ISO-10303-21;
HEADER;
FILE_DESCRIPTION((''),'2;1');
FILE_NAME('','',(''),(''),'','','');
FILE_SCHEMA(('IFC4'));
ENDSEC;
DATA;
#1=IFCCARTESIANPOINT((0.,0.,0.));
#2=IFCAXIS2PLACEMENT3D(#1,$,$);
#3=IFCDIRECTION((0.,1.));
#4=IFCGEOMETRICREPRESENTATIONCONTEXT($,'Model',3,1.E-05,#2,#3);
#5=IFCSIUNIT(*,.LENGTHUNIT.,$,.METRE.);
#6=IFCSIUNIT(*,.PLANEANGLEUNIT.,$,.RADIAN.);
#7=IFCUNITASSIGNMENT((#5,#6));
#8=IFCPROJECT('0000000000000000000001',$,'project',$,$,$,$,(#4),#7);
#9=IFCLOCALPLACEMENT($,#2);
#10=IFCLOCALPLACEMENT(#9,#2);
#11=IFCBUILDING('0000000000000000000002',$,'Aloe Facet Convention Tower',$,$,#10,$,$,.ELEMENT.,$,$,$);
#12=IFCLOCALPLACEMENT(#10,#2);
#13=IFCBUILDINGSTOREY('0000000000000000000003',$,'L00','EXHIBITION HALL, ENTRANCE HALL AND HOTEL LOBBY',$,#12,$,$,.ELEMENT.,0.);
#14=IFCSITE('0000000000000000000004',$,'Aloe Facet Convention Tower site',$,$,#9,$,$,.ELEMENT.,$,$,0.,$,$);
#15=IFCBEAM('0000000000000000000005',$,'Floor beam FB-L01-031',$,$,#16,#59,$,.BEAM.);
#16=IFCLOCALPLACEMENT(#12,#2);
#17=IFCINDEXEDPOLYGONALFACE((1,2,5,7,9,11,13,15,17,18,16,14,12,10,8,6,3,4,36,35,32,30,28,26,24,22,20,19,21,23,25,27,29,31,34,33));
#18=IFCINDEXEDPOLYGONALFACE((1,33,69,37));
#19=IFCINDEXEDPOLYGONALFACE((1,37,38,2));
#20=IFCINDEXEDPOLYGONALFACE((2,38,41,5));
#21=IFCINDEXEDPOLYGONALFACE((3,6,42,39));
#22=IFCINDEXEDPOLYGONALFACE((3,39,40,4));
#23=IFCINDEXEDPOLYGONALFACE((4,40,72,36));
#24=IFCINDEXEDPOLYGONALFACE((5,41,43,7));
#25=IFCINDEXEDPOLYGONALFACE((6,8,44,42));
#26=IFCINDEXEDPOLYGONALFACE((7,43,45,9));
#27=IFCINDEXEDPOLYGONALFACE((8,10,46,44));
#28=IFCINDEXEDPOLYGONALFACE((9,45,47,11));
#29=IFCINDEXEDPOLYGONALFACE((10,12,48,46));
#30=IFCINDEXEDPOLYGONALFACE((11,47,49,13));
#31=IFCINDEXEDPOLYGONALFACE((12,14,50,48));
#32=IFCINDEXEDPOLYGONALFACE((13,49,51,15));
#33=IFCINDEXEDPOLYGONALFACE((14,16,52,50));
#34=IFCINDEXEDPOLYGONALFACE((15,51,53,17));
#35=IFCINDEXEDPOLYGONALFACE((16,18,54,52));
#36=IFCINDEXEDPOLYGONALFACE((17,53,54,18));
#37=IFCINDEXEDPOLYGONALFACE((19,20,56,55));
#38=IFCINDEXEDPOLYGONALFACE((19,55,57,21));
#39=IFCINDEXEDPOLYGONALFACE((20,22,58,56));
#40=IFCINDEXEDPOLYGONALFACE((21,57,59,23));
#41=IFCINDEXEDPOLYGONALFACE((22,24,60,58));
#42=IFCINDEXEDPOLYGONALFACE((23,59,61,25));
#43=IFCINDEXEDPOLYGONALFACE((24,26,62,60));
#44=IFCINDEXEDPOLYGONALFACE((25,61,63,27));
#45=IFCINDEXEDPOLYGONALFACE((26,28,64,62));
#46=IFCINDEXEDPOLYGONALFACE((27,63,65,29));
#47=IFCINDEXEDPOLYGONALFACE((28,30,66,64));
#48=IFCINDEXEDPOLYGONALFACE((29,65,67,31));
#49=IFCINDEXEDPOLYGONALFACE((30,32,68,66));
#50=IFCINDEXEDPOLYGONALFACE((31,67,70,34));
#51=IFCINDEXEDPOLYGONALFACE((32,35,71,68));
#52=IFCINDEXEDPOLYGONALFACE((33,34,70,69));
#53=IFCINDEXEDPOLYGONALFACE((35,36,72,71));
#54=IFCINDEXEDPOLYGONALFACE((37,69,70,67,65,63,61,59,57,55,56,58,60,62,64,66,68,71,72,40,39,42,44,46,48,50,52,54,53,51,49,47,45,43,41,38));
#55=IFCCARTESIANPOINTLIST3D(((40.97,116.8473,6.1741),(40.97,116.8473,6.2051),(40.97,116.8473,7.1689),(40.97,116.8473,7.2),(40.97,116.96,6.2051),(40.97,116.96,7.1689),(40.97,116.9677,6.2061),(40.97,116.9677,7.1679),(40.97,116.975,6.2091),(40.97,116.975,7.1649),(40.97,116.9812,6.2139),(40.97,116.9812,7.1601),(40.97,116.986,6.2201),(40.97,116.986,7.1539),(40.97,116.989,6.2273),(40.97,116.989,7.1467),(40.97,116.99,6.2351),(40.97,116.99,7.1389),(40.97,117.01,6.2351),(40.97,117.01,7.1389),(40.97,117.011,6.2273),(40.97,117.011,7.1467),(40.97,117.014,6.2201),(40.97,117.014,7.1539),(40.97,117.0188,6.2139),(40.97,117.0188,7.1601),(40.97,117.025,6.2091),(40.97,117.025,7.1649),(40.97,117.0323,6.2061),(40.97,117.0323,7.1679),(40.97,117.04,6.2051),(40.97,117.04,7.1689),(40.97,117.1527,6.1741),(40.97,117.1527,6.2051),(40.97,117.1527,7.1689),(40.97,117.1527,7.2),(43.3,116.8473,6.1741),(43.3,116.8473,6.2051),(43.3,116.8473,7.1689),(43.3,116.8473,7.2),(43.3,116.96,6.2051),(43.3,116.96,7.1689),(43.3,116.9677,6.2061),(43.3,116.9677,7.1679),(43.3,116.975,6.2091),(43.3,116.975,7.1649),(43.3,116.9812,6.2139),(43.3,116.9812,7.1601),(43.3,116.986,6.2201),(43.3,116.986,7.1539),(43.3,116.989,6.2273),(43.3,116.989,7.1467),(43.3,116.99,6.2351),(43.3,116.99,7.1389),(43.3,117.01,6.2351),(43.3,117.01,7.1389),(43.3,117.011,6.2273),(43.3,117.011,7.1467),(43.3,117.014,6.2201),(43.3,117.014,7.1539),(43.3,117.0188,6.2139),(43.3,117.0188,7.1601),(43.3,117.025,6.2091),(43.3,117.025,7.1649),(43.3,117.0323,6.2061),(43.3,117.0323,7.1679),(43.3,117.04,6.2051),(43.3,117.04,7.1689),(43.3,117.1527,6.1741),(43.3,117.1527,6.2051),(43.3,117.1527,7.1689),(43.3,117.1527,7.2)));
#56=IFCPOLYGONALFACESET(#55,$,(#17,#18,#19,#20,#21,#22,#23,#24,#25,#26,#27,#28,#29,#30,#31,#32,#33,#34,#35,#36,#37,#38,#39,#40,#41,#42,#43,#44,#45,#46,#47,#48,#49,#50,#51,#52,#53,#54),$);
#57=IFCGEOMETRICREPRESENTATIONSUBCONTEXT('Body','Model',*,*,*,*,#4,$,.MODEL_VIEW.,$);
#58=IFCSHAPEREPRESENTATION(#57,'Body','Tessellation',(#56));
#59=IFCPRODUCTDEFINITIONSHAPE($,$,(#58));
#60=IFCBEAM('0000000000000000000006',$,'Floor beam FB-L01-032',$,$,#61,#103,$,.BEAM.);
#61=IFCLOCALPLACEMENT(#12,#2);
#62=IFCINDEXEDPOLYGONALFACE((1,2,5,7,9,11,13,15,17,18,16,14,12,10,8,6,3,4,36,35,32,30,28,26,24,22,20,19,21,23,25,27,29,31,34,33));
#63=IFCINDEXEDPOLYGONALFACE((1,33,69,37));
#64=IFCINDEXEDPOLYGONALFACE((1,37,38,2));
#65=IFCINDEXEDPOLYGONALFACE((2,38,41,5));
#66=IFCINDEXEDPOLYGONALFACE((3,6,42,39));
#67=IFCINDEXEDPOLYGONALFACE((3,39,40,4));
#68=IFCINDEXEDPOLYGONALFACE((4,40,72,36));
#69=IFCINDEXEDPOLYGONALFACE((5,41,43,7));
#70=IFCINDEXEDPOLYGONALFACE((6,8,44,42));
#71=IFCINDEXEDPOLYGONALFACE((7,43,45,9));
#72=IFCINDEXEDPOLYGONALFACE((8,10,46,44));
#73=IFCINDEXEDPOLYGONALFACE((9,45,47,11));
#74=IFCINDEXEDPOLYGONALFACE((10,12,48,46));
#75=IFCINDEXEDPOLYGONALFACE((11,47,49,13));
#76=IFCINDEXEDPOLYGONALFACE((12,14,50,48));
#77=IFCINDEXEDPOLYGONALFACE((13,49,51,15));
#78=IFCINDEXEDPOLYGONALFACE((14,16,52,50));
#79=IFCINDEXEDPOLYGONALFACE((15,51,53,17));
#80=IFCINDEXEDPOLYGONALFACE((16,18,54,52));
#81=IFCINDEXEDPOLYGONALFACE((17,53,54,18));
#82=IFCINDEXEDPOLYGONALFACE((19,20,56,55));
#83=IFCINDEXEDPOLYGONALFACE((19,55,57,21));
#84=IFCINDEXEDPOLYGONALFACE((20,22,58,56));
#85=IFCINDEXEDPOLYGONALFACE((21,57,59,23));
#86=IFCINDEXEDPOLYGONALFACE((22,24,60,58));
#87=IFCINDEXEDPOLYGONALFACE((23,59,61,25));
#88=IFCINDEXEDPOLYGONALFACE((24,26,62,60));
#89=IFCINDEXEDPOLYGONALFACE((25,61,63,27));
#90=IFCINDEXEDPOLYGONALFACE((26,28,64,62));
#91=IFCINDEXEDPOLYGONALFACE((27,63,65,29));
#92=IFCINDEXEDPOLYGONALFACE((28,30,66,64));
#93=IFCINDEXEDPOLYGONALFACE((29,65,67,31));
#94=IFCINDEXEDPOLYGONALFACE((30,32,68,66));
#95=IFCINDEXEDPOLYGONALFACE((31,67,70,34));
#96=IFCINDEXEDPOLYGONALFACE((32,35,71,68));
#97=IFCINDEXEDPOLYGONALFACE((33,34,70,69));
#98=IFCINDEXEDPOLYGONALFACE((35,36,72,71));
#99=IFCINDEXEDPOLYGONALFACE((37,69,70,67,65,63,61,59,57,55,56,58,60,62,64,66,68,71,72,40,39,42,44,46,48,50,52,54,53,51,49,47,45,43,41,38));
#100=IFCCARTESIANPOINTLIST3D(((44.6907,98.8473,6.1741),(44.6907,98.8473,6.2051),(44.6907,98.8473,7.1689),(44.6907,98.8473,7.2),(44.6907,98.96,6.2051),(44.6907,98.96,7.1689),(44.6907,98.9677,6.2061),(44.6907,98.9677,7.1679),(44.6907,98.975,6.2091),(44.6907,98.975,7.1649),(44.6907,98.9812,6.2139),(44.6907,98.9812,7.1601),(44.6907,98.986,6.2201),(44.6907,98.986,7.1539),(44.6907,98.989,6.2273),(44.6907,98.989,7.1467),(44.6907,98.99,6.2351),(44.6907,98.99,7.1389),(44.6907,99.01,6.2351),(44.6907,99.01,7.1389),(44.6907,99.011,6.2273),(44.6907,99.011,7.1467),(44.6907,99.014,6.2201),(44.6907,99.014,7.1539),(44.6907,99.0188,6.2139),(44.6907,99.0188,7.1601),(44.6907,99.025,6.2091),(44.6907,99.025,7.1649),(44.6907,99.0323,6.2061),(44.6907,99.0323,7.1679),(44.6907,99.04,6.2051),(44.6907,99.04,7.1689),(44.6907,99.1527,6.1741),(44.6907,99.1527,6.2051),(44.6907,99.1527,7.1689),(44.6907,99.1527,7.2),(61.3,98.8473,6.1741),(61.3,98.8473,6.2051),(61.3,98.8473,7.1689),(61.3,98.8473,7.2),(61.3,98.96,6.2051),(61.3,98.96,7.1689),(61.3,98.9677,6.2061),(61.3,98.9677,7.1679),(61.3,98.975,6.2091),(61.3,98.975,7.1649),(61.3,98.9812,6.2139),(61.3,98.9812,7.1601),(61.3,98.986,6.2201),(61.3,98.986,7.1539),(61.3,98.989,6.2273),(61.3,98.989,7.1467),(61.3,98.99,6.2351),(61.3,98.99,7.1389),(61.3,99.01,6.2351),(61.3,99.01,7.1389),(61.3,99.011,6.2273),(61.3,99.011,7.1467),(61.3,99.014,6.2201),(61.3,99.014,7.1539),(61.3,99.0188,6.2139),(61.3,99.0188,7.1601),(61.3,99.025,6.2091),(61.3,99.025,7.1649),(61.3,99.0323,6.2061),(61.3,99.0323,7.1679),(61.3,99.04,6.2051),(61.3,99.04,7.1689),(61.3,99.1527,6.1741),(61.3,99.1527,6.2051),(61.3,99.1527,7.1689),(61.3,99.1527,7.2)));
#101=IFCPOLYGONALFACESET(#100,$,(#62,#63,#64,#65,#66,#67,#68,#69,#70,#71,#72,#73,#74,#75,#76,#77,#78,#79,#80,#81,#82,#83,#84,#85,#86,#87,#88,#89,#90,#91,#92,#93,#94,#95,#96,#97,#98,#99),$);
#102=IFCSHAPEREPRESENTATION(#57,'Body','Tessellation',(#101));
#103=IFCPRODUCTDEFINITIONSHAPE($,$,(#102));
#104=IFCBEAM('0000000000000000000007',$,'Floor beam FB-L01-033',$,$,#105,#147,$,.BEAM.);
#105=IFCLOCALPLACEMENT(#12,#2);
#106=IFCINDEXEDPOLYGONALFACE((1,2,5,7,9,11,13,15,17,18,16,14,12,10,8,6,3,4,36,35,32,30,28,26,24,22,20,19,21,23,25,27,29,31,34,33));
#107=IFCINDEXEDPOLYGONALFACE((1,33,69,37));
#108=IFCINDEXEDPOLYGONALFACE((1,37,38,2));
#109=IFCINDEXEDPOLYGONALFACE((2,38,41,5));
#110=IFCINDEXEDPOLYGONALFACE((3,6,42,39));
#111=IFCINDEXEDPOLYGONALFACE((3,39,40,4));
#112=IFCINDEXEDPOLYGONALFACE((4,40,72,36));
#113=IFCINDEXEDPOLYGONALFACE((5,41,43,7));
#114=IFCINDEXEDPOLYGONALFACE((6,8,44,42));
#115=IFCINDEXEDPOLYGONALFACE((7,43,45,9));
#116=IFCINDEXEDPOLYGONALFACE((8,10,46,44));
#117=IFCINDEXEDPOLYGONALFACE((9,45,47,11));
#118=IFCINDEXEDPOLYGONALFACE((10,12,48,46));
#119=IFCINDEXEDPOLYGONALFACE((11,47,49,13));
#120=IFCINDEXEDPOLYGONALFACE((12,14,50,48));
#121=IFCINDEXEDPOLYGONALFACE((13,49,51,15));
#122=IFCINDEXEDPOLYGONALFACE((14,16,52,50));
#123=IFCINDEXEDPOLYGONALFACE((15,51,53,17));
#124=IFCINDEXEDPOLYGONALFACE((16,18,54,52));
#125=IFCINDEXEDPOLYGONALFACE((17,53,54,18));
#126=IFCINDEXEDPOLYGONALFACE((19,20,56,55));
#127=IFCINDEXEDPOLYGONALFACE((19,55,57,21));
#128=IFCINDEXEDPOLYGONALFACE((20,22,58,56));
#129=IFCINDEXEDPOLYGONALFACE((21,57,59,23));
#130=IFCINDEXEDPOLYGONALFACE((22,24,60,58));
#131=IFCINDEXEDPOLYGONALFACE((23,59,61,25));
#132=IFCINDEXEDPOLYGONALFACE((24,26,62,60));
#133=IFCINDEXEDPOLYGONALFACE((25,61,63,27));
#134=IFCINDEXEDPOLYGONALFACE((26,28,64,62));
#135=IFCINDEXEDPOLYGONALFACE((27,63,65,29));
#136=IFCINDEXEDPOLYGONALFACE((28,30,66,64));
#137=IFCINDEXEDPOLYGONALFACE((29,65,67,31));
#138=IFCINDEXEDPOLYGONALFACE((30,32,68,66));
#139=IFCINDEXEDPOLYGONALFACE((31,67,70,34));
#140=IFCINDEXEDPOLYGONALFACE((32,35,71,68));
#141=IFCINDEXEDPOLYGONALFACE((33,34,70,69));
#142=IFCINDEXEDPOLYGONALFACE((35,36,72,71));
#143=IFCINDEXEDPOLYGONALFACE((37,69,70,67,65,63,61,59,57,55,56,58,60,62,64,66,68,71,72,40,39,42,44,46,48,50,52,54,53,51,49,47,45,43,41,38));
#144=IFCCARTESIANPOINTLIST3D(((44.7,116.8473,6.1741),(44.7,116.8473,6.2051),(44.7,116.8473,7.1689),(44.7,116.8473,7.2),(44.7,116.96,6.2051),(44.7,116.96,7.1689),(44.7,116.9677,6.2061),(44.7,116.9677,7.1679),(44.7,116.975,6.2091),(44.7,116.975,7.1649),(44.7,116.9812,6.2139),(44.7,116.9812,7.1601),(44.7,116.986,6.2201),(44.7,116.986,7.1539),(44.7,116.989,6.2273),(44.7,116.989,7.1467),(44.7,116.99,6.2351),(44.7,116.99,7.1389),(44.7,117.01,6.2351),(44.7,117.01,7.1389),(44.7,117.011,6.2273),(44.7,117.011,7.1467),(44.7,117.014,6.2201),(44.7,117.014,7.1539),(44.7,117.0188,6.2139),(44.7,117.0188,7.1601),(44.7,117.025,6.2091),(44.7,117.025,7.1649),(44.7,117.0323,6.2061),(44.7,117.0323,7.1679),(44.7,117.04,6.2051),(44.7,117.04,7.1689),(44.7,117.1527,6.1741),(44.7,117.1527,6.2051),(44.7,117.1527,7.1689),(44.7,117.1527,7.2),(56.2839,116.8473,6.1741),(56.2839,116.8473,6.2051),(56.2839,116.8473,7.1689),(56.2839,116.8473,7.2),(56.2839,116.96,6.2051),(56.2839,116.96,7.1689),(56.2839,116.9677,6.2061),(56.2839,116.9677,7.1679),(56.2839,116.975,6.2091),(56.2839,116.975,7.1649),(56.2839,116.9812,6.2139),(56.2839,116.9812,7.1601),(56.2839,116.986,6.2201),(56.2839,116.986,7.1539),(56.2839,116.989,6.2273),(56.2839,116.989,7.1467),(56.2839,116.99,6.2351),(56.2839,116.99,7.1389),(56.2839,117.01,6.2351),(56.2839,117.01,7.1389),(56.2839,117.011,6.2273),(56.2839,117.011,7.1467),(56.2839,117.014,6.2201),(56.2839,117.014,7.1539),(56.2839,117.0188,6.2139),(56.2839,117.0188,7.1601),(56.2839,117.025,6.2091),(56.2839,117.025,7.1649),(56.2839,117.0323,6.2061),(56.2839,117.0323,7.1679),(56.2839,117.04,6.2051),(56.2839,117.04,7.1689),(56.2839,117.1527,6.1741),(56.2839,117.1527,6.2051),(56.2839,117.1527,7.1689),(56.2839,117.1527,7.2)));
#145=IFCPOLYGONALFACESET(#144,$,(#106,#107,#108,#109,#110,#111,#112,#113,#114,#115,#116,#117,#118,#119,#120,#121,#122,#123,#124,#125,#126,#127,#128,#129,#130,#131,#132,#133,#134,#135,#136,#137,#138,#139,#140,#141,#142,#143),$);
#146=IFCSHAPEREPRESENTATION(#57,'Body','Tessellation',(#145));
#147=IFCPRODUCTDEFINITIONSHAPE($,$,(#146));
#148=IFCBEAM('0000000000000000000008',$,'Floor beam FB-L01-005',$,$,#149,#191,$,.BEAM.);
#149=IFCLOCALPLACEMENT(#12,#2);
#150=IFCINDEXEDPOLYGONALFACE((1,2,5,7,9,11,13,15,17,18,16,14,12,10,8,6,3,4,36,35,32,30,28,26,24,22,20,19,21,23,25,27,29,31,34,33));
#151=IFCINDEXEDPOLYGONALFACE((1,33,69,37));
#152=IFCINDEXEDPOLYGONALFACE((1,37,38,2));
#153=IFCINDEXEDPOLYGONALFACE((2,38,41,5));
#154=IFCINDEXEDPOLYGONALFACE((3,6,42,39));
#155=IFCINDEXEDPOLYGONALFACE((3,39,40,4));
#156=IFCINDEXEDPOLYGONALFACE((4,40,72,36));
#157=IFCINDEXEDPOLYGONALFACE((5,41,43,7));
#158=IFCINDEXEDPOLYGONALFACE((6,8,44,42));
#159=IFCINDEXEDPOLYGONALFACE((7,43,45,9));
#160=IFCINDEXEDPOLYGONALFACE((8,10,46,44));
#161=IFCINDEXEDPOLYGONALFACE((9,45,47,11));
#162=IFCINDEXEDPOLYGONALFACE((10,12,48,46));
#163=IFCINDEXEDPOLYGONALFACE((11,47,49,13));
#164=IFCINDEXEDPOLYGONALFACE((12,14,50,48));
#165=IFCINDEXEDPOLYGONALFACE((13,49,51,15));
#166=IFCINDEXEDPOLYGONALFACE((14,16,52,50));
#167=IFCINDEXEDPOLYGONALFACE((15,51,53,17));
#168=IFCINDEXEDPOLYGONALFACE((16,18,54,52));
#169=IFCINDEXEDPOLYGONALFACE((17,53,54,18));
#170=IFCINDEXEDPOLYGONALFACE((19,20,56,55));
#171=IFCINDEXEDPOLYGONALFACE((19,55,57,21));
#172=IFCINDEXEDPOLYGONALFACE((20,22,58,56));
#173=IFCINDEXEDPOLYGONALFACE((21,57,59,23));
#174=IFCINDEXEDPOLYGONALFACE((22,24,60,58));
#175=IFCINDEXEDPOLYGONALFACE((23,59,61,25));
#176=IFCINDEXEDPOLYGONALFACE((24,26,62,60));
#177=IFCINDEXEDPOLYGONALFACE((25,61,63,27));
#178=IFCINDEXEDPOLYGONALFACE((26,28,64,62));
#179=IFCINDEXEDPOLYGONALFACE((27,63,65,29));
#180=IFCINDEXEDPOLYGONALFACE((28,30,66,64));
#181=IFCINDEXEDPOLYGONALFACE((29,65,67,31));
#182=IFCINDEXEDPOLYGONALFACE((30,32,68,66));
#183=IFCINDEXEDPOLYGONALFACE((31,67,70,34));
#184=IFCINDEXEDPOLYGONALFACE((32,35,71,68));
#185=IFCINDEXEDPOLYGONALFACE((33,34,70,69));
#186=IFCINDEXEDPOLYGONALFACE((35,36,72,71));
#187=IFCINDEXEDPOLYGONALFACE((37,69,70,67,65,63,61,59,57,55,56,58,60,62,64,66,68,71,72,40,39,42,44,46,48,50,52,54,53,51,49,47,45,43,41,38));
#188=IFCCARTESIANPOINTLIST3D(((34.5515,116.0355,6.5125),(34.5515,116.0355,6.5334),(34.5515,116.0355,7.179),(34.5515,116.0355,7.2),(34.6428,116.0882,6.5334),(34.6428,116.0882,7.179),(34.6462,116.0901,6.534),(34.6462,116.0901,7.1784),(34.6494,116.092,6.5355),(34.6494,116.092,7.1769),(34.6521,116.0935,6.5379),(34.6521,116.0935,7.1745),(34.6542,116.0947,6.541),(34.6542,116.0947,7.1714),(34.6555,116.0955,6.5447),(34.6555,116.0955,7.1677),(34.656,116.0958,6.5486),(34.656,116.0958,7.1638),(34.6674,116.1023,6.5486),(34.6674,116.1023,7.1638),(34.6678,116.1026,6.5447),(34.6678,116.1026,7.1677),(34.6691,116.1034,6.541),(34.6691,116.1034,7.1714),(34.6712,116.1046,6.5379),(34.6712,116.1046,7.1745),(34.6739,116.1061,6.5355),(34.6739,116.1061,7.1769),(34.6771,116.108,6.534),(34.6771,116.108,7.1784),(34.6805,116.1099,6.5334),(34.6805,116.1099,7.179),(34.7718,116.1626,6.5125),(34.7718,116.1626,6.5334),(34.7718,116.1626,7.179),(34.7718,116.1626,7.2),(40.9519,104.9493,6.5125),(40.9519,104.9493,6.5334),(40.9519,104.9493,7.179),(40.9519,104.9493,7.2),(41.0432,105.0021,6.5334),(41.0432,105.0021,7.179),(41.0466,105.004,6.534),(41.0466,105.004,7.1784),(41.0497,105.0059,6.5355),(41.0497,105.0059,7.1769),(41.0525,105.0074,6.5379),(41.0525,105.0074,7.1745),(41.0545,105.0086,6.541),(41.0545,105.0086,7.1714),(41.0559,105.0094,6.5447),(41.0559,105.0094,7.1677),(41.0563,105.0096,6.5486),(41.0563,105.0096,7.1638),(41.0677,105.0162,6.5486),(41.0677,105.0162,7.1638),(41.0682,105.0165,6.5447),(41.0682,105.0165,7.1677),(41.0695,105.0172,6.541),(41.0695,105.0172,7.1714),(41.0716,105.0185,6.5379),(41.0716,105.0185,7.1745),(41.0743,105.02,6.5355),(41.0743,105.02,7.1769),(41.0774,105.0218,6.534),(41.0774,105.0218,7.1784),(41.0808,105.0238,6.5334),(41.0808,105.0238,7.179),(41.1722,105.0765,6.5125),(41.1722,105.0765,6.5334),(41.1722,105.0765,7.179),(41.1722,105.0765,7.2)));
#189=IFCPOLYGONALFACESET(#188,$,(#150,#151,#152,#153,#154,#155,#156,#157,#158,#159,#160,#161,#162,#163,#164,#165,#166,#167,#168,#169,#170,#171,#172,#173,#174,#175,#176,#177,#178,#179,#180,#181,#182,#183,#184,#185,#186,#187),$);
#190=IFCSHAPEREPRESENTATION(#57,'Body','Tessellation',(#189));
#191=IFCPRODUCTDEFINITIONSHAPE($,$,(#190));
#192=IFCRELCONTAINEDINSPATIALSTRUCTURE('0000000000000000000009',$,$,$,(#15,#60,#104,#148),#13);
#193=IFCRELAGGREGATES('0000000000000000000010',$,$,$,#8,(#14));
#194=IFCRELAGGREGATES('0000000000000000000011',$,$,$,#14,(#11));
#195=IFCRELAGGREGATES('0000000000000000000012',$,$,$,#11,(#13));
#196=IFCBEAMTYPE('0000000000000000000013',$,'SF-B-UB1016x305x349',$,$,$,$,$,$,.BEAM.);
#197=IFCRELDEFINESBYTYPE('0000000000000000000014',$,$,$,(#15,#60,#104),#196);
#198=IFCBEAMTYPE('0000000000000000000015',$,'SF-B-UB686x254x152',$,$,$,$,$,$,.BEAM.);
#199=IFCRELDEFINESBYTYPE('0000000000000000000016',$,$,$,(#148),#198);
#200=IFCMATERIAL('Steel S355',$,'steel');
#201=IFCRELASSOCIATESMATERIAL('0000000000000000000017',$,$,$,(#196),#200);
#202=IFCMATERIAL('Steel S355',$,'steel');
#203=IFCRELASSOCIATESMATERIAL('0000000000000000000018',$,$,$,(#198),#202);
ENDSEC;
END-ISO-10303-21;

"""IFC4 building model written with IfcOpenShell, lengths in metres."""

from ifc_helpers import new_model, si_unit, direction, frame, origin, origin_2d, place, context, subcontext, project, spatial, i_section, extrude, material, material_profile, profile_set, type_object, element, save


model = new_model("IFC4")

# Units and contexts
model_context = context("Model", 3, precision=1e-05, world=origin(), true_north=direction((0.0, 1.0)))
body_context = subcontext(model_context, "Body", "Model", "MODEL_VIEW")
ifc_project = project(units=[si_unit("LENGTHUNIT", "METRE"), si_unit("PLANEANGLEUNIT", "RADIAN")], contexts=[model_context])

# Site, building, storey
site_placement = place(None, origin())
site = spatial("IfcSite", under=ifc_project, at=site_placement, Name="Aloe Facet Convention Tower site", CompositionType="ELEMENT", RefElevation=0.0)
building_placement = place(site_placement, origin())
building = spatial("IfcBuilding", under=site, at=building_placement, Name="Aloe Facet Convention Tower", CompositionType="ELEMENT")
storey_placement = place(building_placement, origin())
storey = spatial("IfcBuildingStorey", under=building, at=storey_placement, Name="L00", Description="EXHIBITION HALL, ENTRANCE HALL AND HOTEL LOBBY", CompositionType="ELEMENT", Elevation=0.0)

# Beams
ifc_material_1 = material(Name="Steel S355", Category="steel")
ifc_material_profile_1 = material_profile(ifc_material_1, i_section(OverallWidth=0.3054, OverallDepth=1.0259, WebThickness=0.02, FlangeThickness=0.031, FilletRadius=0.03, at=origin_2d()), Name="UB 1016x305x349")
ifc_profile_set_1 = profile_set([ifc_material_profile_1], Name="Steel S355")
beam_type_1 = type_object("IfcBeamType", Name="SF-B-UB1016x305x349", PredefinedType="BEAM", material=ifc_profile_set_1)
beam_1_placement = place(storey_placement, frame((40.97, 117.0, 6.687), z_axis=(1.0, 0.0, 0.0), x_axis=(0.0, 1.0, 0.0)))
element("IfcBeam", 1, at=beam_1_placement, inside=storey, type_object=beam_type_1, Name="Floor beam FB-L01-031", PredefinedType="BEAM", context=body_context, shape_type="SweptSolid", body=[
    extrude(i_section(OverallWidth=0.3054, OverallDepth=1.0259, WebThickness=0.02, FlangeThickness=0.031, FilletRadius=0.03, at=origin_2d()), origin(), (0.0, 0.0, 1.0), 2.3301),
])
beam_2_placement = place(storey_placement, frame((44.6907, 99.0, 6.687), z_axis=(1.0, 0.0, 0.0), x_axis=(0.0, 1.0, 0.0)))
element("IfcBeam", 2, at=beam_2_placement, inside=storey, type_object=beam_type_1, Name="Floor beam FB-L01-032", PredefinedType="BEAM", context=body_context, shape_type="SweptSolid", body=[
    extrude(i_section(OverallWidth=0.3054, OverallDepth=1.0259, WebThickness=0.02, FlangeThickness=0.031, FilletRadius=0.03, at=origin_2d()), origin(), (0.0, 0.0, 1.0), 16.6094),
])
beam_3_placement = place(storey_placement, frame((44.7, 117.0, 6.687), z_axis=(1.0, 0.0, 0.0), x_axis=(0.0, 1.0, 0.0)))
element("IfcBeam", 3, at=beam_3_placement, inside=storey, type_object=beam_type_1, Name="Floor beam FB-L01-033", PredefinedType="BEAM", context=body_context, shape_type="SweptSolid", body=[
    extrude(i_section(OverallWidth=0.3054, OverallDepth=1.0259, WebThickness=0.02, FlangeThickness=0.031, FilletRadius=0.03, at=origin_2d()), origin(), (0.0, 0.0, 1.0), 11.584),
])
ifc_material_2 = material(Name="Steel S355", Category="steel")
ifc_material_profile_2 = material_profile(ifc_material_2, i_section(OverallWidth=0.2544, OverallDepth=0.6875, WebThickness=0.0132, FlangeThickness=0.021, FilletRadius=0.0151, at=origin_2d()), Name="UB 686x254x152")
ifc_profile_set_2 = profile_set([ifc_material_profile_2], Name="Steel S355")
beam_type_2 = type_object("IfcBeamType", Name="SF-B-UB686x254x152", PredefinedType="BEAM", material=ifc_profile_set_2)
beam_4_placement = place(storey_placement, frame((41.062, 105.0129, 6.8562), z_axis=(-0.499987, 0.866033, 0.0), x_axis=(-0.866033, -0.499987, 0.0)))
element("IfcBeam", 4, at=beam_4_placement, inside=storey, type_object=beam_type_2, Name="Floor beam FB-L01-005", PredefinedType="BEAM", context=body_context, shape_type="SweptSolid", body=[
    extrude(i_section(OverallWidth=0.2544, OverallDepth=0.6875, WebThickness=0.0132, FlangeThickness=0.021, FilletRadius=0.0151, at=origin_2d()), origin(), (0.0, 0.0, 1.0), 12.801),
])

save(model, "model.ifc")
